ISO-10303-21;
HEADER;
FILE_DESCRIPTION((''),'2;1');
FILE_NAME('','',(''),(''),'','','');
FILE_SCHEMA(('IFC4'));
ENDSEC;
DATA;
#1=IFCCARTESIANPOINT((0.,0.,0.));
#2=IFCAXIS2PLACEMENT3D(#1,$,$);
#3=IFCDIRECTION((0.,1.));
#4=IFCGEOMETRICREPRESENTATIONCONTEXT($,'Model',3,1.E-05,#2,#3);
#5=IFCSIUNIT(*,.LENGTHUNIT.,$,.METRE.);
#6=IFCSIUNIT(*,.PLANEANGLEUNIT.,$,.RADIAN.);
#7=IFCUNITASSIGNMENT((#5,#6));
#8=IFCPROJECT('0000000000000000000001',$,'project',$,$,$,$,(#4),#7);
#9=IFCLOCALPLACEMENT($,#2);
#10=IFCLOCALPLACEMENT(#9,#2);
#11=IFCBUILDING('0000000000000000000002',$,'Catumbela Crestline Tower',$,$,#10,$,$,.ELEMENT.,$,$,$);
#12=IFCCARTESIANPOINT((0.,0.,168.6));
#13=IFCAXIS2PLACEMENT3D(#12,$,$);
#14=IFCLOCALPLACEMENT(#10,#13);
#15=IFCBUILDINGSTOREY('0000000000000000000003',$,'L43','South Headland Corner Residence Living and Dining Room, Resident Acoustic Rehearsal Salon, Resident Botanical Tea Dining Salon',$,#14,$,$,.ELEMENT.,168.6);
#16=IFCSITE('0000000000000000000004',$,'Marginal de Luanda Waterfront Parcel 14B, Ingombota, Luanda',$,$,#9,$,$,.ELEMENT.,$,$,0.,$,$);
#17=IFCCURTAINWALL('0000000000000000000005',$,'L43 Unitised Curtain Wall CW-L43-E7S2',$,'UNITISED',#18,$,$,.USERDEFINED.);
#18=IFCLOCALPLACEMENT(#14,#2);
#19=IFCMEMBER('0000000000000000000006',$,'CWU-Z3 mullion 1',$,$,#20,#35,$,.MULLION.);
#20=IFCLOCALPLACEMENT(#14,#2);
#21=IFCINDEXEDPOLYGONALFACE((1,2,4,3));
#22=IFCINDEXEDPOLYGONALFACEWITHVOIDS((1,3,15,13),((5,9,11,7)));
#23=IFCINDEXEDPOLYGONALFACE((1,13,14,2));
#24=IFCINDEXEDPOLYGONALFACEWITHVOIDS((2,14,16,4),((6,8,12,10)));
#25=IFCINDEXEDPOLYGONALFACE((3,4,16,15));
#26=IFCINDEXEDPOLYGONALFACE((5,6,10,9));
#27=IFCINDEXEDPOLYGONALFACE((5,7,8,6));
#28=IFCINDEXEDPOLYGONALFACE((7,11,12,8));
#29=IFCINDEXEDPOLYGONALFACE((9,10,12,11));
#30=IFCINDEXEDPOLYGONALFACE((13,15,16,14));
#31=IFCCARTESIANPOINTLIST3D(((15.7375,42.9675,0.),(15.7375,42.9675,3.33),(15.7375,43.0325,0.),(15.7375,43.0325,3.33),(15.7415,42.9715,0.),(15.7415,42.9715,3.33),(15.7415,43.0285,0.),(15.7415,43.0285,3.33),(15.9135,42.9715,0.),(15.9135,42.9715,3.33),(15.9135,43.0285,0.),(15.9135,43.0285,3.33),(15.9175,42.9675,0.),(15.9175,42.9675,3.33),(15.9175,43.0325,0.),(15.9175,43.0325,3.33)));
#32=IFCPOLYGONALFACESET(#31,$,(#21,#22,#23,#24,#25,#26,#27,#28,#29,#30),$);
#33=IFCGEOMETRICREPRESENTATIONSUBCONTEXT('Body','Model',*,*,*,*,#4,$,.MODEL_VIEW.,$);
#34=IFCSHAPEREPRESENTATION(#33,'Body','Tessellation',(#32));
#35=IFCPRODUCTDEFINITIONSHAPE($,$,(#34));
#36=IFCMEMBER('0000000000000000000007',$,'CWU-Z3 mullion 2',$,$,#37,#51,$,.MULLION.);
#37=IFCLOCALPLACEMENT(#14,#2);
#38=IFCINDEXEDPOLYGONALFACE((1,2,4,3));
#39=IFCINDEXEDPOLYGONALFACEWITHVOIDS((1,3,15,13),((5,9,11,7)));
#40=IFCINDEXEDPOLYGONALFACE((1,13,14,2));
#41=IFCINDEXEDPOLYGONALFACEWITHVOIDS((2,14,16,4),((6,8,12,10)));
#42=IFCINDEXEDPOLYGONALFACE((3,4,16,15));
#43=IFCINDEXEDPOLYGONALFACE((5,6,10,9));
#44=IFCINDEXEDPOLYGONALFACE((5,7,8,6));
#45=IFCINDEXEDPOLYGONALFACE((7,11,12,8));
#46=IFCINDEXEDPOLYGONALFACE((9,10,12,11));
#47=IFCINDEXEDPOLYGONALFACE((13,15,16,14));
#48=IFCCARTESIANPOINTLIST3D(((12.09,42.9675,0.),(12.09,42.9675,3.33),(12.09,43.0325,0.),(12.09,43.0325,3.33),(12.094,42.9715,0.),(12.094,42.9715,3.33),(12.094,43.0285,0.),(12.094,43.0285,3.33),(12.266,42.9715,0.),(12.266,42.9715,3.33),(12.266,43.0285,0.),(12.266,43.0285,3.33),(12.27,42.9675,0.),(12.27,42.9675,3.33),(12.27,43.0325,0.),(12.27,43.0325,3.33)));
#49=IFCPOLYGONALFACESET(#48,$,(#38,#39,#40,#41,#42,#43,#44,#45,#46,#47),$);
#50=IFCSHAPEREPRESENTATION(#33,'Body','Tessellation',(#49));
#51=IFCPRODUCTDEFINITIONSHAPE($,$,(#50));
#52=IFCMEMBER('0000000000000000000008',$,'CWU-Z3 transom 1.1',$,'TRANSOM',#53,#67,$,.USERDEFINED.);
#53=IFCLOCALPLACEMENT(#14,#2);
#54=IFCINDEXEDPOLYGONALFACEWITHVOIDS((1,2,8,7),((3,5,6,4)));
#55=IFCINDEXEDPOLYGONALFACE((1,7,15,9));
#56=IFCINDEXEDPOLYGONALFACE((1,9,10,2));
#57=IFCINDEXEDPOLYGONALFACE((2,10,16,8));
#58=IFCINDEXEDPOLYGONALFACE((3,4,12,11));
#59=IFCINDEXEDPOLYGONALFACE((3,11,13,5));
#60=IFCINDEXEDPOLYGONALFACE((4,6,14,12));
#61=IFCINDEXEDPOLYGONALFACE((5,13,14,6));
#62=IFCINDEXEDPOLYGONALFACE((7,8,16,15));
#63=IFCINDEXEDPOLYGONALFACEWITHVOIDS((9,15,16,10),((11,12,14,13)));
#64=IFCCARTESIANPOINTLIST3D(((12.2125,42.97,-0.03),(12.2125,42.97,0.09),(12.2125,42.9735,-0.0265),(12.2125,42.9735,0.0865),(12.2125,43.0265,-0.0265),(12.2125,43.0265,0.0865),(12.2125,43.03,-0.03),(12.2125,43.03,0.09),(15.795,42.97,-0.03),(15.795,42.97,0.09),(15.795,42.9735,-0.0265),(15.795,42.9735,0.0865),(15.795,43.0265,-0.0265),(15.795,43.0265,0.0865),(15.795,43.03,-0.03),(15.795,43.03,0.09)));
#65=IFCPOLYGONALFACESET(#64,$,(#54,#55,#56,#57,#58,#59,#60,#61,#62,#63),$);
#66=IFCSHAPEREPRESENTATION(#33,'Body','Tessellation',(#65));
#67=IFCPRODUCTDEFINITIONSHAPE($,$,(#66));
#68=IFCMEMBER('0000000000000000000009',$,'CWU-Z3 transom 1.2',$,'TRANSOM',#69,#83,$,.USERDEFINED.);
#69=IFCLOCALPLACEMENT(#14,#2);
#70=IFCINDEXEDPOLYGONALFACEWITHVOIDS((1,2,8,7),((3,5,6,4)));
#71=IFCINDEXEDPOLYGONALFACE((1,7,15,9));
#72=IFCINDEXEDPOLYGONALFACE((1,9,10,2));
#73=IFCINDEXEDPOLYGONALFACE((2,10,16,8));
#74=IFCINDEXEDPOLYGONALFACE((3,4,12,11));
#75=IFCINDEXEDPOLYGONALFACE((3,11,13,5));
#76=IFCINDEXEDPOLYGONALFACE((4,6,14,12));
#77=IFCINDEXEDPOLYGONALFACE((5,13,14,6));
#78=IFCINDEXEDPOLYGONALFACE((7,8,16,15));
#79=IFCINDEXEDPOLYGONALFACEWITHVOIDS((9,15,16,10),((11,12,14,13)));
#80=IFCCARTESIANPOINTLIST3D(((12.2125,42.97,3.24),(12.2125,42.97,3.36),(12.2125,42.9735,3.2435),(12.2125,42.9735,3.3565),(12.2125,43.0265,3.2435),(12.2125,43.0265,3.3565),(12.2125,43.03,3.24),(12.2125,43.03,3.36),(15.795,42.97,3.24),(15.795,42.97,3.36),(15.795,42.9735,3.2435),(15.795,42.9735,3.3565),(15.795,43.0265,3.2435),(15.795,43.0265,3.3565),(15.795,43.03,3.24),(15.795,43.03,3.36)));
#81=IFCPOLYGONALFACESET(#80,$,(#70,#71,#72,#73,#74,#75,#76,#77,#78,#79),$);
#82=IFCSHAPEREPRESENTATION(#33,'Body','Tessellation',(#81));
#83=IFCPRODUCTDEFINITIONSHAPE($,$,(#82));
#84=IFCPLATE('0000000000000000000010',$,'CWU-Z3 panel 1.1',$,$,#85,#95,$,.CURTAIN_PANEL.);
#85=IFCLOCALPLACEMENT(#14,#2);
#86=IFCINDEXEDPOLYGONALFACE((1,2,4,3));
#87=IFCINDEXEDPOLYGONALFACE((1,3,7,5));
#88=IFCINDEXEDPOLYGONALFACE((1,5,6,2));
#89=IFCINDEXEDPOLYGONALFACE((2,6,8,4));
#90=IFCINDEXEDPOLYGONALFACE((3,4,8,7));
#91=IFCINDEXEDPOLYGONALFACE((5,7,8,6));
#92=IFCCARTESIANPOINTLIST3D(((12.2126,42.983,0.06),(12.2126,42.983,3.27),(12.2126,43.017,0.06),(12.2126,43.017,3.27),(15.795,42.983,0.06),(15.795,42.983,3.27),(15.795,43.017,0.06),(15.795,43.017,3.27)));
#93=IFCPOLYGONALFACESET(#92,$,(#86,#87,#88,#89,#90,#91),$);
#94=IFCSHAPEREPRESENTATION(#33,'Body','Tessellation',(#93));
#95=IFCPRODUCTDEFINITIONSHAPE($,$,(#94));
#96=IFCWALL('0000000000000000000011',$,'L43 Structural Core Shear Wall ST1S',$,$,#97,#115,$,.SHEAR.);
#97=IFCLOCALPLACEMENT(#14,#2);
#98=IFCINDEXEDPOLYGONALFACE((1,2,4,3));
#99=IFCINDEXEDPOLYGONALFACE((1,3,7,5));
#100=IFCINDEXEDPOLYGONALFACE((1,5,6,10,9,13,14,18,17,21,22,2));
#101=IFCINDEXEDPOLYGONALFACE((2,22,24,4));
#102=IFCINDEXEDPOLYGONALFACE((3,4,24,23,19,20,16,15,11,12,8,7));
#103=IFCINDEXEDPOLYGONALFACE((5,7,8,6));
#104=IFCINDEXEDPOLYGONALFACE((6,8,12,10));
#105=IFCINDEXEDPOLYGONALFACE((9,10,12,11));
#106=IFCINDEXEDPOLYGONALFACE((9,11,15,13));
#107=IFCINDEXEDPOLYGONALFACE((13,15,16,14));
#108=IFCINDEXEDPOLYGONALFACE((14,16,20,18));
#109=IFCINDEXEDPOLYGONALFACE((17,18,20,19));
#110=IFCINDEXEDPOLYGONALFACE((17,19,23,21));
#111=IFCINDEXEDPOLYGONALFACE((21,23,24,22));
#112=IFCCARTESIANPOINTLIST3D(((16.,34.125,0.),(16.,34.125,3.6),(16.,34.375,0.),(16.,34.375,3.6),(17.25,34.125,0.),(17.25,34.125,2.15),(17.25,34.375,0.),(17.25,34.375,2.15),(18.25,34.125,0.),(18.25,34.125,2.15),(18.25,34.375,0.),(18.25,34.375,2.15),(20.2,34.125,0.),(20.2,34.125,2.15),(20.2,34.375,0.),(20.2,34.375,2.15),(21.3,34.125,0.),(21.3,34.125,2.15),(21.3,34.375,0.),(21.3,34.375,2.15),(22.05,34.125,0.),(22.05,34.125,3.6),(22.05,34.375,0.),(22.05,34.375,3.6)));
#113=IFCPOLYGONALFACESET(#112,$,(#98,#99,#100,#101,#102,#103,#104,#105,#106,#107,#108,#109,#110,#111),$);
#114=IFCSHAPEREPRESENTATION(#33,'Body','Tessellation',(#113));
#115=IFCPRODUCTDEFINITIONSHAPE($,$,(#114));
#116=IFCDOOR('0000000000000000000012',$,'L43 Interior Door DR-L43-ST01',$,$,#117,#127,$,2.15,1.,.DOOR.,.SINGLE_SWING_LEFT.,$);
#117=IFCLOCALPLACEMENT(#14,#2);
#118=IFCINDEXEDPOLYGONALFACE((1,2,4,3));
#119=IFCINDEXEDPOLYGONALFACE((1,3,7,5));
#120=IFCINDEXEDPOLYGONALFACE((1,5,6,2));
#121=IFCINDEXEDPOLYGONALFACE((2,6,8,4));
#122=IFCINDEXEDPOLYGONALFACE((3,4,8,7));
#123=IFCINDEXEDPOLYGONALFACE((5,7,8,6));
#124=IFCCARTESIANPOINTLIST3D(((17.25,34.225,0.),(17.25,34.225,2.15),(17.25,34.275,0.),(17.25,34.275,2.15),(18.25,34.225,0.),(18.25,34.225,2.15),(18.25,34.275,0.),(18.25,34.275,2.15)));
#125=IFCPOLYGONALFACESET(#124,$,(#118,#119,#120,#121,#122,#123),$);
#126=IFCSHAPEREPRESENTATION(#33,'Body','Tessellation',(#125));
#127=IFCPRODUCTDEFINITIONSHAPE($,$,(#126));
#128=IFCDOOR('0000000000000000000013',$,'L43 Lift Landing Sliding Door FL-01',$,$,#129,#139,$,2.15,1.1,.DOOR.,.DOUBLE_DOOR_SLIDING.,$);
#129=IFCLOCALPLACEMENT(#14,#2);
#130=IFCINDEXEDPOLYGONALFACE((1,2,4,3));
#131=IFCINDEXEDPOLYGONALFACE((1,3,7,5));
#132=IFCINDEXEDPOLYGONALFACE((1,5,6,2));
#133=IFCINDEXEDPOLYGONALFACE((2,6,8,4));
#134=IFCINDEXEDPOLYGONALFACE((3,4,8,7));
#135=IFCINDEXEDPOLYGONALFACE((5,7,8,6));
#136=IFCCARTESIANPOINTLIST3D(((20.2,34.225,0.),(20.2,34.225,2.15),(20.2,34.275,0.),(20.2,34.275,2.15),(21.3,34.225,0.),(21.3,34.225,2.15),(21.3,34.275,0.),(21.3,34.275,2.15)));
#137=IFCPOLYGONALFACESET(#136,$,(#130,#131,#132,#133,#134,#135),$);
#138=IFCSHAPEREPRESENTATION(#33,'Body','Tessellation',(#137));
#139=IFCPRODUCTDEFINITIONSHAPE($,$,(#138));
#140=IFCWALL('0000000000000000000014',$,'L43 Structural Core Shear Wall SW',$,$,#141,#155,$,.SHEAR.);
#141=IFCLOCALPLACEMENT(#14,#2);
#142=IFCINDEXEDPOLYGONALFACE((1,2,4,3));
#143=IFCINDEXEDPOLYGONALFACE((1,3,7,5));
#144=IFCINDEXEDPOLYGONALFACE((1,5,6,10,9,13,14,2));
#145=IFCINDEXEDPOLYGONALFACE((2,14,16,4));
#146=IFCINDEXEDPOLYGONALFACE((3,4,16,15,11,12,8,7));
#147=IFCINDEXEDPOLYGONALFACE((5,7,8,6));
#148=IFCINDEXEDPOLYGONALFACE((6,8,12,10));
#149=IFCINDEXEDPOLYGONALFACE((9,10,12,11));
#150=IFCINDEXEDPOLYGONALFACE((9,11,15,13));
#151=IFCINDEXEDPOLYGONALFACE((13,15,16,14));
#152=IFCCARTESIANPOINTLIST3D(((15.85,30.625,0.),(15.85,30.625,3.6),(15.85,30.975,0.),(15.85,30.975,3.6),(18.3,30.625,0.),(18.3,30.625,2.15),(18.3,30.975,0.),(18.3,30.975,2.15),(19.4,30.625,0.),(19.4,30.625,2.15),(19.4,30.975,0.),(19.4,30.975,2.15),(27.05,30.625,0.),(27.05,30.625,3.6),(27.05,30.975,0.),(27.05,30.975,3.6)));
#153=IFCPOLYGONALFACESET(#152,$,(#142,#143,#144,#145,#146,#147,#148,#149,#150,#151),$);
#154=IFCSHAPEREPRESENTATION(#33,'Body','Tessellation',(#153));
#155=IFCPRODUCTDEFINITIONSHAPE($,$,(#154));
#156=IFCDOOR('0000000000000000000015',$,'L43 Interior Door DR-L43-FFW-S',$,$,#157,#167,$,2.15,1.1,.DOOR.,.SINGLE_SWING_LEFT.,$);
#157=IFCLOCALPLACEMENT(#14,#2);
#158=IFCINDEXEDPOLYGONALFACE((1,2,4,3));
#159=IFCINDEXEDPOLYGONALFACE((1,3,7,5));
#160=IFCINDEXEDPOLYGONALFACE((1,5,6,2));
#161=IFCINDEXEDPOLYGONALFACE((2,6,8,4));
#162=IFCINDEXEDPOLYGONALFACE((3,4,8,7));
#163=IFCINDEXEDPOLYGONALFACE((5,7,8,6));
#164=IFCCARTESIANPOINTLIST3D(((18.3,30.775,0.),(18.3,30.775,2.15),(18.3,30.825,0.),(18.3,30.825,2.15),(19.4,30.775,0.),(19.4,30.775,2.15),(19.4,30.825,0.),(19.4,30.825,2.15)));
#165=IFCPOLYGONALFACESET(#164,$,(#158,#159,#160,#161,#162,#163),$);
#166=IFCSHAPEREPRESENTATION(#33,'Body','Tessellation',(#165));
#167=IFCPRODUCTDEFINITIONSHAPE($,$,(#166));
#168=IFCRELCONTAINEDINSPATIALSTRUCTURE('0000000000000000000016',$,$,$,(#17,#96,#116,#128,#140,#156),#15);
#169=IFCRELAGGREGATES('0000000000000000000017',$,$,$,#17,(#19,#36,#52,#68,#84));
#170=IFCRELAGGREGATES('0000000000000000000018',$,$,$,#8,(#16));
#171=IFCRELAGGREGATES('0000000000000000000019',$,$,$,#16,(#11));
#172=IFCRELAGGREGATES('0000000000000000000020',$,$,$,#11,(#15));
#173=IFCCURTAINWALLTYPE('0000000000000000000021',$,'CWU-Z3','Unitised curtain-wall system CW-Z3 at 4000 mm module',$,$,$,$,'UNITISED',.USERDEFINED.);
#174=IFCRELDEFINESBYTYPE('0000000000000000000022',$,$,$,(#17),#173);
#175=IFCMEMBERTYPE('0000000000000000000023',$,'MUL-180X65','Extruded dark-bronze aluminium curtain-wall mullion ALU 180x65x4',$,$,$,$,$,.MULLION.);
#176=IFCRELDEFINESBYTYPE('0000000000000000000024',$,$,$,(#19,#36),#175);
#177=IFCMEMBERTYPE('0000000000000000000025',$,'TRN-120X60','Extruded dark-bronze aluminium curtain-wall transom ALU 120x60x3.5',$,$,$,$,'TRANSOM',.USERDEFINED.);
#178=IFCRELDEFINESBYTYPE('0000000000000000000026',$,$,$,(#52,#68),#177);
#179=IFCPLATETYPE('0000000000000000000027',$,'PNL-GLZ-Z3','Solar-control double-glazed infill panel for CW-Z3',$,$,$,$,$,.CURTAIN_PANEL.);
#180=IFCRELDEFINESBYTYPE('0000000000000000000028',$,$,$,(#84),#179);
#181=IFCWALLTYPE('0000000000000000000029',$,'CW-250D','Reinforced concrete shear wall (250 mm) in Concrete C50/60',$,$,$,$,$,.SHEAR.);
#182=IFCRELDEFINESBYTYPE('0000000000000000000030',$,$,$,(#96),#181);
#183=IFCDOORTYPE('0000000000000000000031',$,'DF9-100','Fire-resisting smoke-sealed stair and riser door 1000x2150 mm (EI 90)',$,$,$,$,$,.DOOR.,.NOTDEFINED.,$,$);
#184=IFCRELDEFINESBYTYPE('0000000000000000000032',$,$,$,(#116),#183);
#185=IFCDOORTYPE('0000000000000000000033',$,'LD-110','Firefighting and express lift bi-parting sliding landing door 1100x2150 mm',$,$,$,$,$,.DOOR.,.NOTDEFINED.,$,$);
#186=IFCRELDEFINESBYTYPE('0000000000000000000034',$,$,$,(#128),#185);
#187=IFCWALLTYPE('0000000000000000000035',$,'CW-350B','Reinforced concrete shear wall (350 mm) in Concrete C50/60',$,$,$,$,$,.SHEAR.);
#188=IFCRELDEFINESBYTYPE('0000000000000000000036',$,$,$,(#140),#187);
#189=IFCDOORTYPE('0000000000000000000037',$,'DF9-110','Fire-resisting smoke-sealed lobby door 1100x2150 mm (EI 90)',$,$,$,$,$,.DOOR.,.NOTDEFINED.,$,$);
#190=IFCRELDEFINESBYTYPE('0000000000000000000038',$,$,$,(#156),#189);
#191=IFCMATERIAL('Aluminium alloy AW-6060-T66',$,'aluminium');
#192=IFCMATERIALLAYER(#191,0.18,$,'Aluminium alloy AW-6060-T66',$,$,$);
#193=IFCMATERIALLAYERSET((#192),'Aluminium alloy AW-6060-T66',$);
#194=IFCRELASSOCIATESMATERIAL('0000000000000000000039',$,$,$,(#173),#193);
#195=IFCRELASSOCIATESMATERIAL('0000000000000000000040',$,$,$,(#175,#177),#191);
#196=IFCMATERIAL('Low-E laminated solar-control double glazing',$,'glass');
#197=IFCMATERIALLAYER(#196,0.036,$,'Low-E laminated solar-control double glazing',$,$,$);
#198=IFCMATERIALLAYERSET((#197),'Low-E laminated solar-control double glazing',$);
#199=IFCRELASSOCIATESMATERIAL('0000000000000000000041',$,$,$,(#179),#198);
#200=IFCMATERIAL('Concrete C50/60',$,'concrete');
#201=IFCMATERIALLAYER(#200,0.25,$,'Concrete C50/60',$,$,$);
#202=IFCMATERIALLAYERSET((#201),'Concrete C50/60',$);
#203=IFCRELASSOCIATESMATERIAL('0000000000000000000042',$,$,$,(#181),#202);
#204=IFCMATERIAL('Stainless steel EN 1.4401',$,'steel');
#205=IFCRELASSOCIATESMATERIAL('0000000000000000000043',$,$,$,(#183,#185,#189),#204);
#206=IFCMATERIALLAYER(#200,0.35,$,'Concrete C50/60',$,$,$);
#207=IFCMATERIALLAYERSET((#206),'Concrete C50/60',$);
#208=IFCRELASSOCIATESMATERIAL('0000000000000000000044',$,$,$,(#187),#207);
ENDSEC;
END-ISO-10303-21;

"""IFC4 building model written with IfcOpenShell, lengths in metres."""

from ifc_helpers import new_model, si_unit, direction, frame, frame_2d, origin, origin_2d, place, context, subcontext, project, spatial, rectangle, hollow_rectangle, extrude, material, layer, layer_set, material_profile, profile_set, type_object, element, fill, aggregate, save


model = new_model("IFC4")

# Units and contexts
model_context = context("Model", 3, precision=1e-05, world=origin(), true_north=direction((0.0, 1.0)))
body_context = subcontext(model_context, "Body", "Model", "MODEL_VIEW")
ifc_project = project(units=[si_unit("LENGTHUNIT", "METRE"), si_unit("PLANEANGLEUNIT", "RADIAN")], contexts=[model_context])

# Site, building, storey
site_placement = place(None, origin())
site = spatial("IfcSite", under=ifc_project, at=site_placement, Name="Marginal de Luanda Waterfront Parcel 14B, Ingombota, Luanda", CompositionType="ELEMENT", RefElevation=0.0)
building_placement = place(site_placement, origin())
building = spatial("IfcBuilding", under=site, at=building_placement, Name="Catumbela Crestline Tower", CompositionType="ELEMENT")
storey_placement = place(building_placement, frame((0.0, 0.0, 168.6)))
storey = spatial("IfcBuildingStorey", under=building, at=storey_placement, Name="L43", Description="South Headland Corner Residence Living and Dining Room, Resident Acoustic Rehearsal Salon, Resident Botanical Tea Dining Salon", CompositionType="ELEMENT", Elevation=168.6)

# Curtain wall, members, plate
ifc_material_1 = material(Name="Aluminium alloy AW-6060-T66", Category="aluminium")
ifc_layer_1 = layer(ifc_material_1, 0.18, Name="Aluminium alloy AW-6060-T66")
ifc_layer_set_1 = layer_set([ifc_layer_1], Name="Aluminium alloy AW-6060-T66")
curtain_wall_type = type_object("IfcCurtainWallType", Name="CWU-Z3", Description="Unitised curtain-wall system CW-Z3 at 4000 mm module", ElementType="UNITISED", PredefinedType="USERDEFINED", material=ifc_layer_set_1)
curtain_wall_placement = place(storey_placement, origin())
curtain_wall = element("IfcCurtainWall", 1, at=curtain_wall_placement, inside=storey, type_object=curtain_wall_type, Name="L43 Unitised Curtain Wall CW-L43-E7S2", ObjectType="UNITISED", PredefinedType="USERDEFINED")
ifc_material_profile_1 = material_profile(ifc_material_1, hollow_rectangle(XDim=0.065, YDim=0.18, WallThickness=0.004, at=origin_2d()), Name="ALU 180x65x4")
ifc_profile_set_1 = profile_set([ifc_material_profile_1], Name="Aluminium alloy AW-6060-T66")
member_type_1 = type_object("IfcMemberType", Name="MUL-180X65", Description="Extruded dark-bronze aluminium curtain-wall mullion ALU 180x65x4", PredefinedType="MULLION", material=ifc_profile_set_1)
member_1_placement = place(storey_placement, frame((15.8275, 43.0, 0.0), z_axis=(0.0, 0.0, 1.0), x_axis=(0.0, -1.0, 0.0)))
member_1 = element("IfcMember", 2, at=member_1_placement, type_object=member_type_1, Name="CWU-Z3 mullion 1", PredefinedType="MULLION", context=body_context, shape_type="SweptSolid", body=[
    extrude(hollow_rectangle(XDim=0.065, YDim=0.18, WallThickness=0.004, at=origin_2d()), origin(), (0.0, 0.0, 1.0), 3.33),
])
member_2_placement = place(storey_placement, frame((12.18, 43.0, 0.0), z_axis=(0.0, 0.0, 1.0), x_axis=(0.0, -1.0, 0.0)))
member_2 = element("IfcMember", 3, at=member_2_placement, type_object=member_type_1, Name="CWU-Z3 mullion 2", PredefinedType="MULLION", context=body_context, shape_type="SweptSolid", body=[
    extrude(hollow_rectangle(XDim=0.065, YDim=0.18, WallThickness=0.004, at=origin_2d()), origin(), (0.0, 0.0, 1.0), 3.33),
])
ifc_material_profile_2 = material_profile(ifc_material_1, hollow_rectangle(XDim=0.06, YDim=0.12, WallThickness=0.0035, at=origin_2d()), Name="ALU 120x60x3.5")
ifc_profile_set_2 = profile_set([ifc_material_profile_2], Name="Aluminium alloy AW-6060-T66")
member_type_2 = type_object("IfcMemberType", Name="TRN-120X60", Description="Extruded dark-bronze aluminium curtain-wall transom ALU 120x60x3.5", ElementType="TRANSOM", PredefinedType="USERDEFINED", material=ifc_profile_set_2)
member_3_placement = place(storey_placement, frame((15.795, 43.0, 0.03), z_axis=(-1.0, 0.0, 0.0), x_axis=(0.0, -1.0, 0.0)))
member_3 = element("IfcMember", 4, at=member_3_placement, type_object=member_type_2, Name="CWU-Z3 transom 1.1", ObjectType="TRANSOM", PredefinedType="USERDEFINED", context=body_context, shape_type="SweptSolid", body=[
    extrude(hollow_rectangle(XDim=0.06, YDim=0.12, WallThickness=0.0035, at=origin_2d()), origin(), (0.0, 0.0, 1.0), 3.5825),
])
member_4_placement = place(storey_placement, frame((15.795, 43.0, 3.3), z_axis=(-1.0, 0.0, 0.0), x_axis=(0.0, -1.0, 0.0)))
member_4 = element("IfcMember", 5, at=member_4_placement, type_object=member_type_2, Name="CWU-Z3 transom 1.2", ObjectType="TRANSOM", PredefinedType="USERDEFINED", context=body_context, shape_type="SweptSolid", body=[
    extrude(hollow_rectangle(XDim=0.06, YDim=0.12, WallThickness=0.0035, at=origin_2d()), origin(), (0.0, 0.0, 1.0), 3.5825),
])
ifc_material_2 = material(Name="Low-E laminated solar-control double glazing", Category="glass")
ifc_layer_2 = layer(ifc_material_2, 0.036, Name="Low-E laminated solar-control double glazing")
ifc_layer_set_2 = layer_set([ifc_layer_2], Name="Low-E laminated solar-control double glazing")
plate_type = type_object("IfcPlateType", Name="PNL-GLZ-Z3", Description="Solar-control double-glazed infill panel for CW-Z3", PredefinedType="CURTAIN_PANEL", material=ifc_layer_set_2)
plate_placement = place(storey_placement, frame((14.0038, 43.0, 0.06), z_axis=(0.0, 0.0, 1.0), x_axis=(-1.0, 0.0, 0.0)))
plate = element("IfcPlate", 6, at=plate_placement, type_object=plate_type, Name="CWU-Z3 panel 1.1", PredefinedType="CURTAIN_PANEL", context=body_context, shape_type="SweptSolid", body=[
    extrude(rectangle(XDim=3.5825, YDim=0.034, at=origin_2d()), origin(), (0.0, 0.0, 1.0), 3.21),
])
aggregate(curtain_wall, [member_1, member_2, member_3, member_4, plate])

# Wall, openings, doors
ifc_material_3 = material(Name="Concrete C50/60", Category="concrete")
ifc_layer_3 = layer(ifc_material_3, 0.25, Name="Concrete C50/60")
ifc_layer_set_3 = layer_set([ifc_layer_3], Name="Concrete C50/60")
wall_type_1 = type_object("IfcWallType", Name="CW-250D", Description="Reinforced concrete shear wall (250 mm) in Concrete C50/60", PredefinedType="SHEAR", material=ifc_layer_set_3)
wall_1_placement = place(storey_placement, frame((16.0, 34.25, 0.0), z_axis=(0.0, 0.0, 1.0), x_axis=(1.0, 0.0, 0.0)))
wall_1 = element("IfcWall", 7, at=wall_1_placement, inside=storey, type_object=wall_type_1, Name="L43 Structural Core Shear Wall ST1S", PredefinedType="SHEAR", context=body_context, shape_type="SweptSolid", body=[
    extrude(rectangle(XDim=6.05, YDim=0.25, at=frame_2d((3.025, 0.0))), origin(), (0.0, 0.0, 1.0), 3.6),
])
opening_1_placement = place(wall_1_placement, frame((1.25, 0.0, 0.0)))
opening_1 = element("IfcOpeningElement", 8, at=opening_1_placement, cuts=wall_1, PredefinedType="OPENING", context=body_context, shape_type="SweptSolid", body=[
    extrude(rectangle(XDim=1.0, YDim=2.15, at=frame_2d((0.5, 1.075))), frame((0.0, 0.135, 0.0), z_axis=(0.0, -1.0, 0.0), x_axis=(1.0, 0.0, 0.0)), (0.0, 0.0, 1.0), 0.27),
])
opening_2_placement = place(wall_1_placement, frame((4.2, 0.0, 0.0)))
opening_2 = element("IfcOpeningElement", 9, at=opening_2_placement, cuts=wall_1, PredefinedType="OPENING", context=body_context, shape_type="SweptSolid", body=[
    extrude(rectangle(XDim=1.1, YDim=2.15, at=frame_2d((0.55, 1.075))), frame((0.0, 0.135, 0.0), z_axis=(0.0, -1.0, 0.0), x_axis=(1.0, 0.0, 0.0)), (0.0, 0.0, 1.0), 0.27),
])
ifc_material_4 = material(Name="Stainless steel EN 1.4401", Category="steel")
door_type_1 = type_object("IfcDoorType", Name="DF9-100", Description="Fire-resisting smoke-sealed stair and riser door 1000x2150 mm (EI 90)", OperationType="NOTDEFINED", PredefinedType="DOOR", material=ifc_material_4)
door_1_placement = place(opening_1_placement, origin())
door_1 = element("IfcDoor", 10, at=door_1_placement, inside=storey, type_object=door_type_1, Name="L43 Interior Door DR-L43-ST01", OperationType="SINGLE_SWING_LEFT", OverallHeight=2.15, OverallWidth=1.0, PredefinedType="DOOR", context=body_context, shape_type="SweptSolid", body=[
    extrude(rectangle(XDim=1.0, YDim=2.15, at=frame_2d((0.5, 1.075))), frame((0.0, 0.025, 0.0), z_axis=(0.0, -1.0, 0.0), x_axis=(1.0, 0.0, 0.0)), (0.0, 0.0, 1.0), 0.05),
])
fill(opening_1, door_1)
door_type_2 = type_object("IfcDoorType", Name="LD-110", Description="Firefighting and express lift bi-parting sliding landing door 1100x2150 mm", OperationType="NOTDEFINED", PredefinedType="DOOR", material=ifc_material_4)
door_2_placement = place(opening_2_placement, origin())
door_2 = element("IfcDoor", 11, at=door_2_placement, inside=storey, type_object=door_type_2, Name="L43 Lift Landing Sliding Door FL-01", OperationType="DOUBLE_DOOR_SLIDING", OverallHeight=2.15, OverallWidth=1.1, PredefinedType="DOOR", context=body_context, shape_type="SweptSolid", body=[
    extrude(rectangle(XDim=1.1, YDim=2.15, at=frame_2d((0.55, 1.075))), frame((0.0, 0.025, 0.0), z_axis=(0.0, -1.0, 0.0), x_axis=(1.0, 0.0, 0.0)), (0.0, 0.0, 1.0), 0.05),
])
fill(opening_2, door_2)

# Wall, opening, door
ifc_layer_4 = layer(ifc_material_3, 0.35, Name="Concrete C50/60")
ifc_layer_set_4 = layer_set([ifc_layer_4], Name="Concrete C50/60")
wall_type_2 = type_object("IfcWallType", Name="CW-350B", Description="Reinforced concrete shear wall (350 mm) in Concrete C50/60", PredefinedType="SHEAR", material=ifc_layer_set_4)
wall_2_placement = place(storey_placement, frame((15.85, 30.8, 0.0), z_axis=(0.0, 0.0, 1.0), x_axis=(1.0, 0.0, 0.0)))
wall_2 = element("IfcWall", 12, at=wall_2_placement, inside=storey, type_object=wall_type_2, Name="L43 Structural Core Shear Wall SW", PredefinedType="SHEAR", context=body_context, shape_type="SweptSolid", body=[
    extrude(rectangle(XDim=11.2, YDim=0.35, at=frame_2d((5.6, 0.0))), origin(), (0.0, 0.0, 1.0), 3.6),
])
opening_3_placement = place(wall_2_placement, frame((2.45, 0.0, 0.0)))
opening_3 = element("IfcOpeningElement", 13, at=opening_3_placement, cuts=wall_2, PredefinedType="OPENING", context=body_context, shape_type="SweptSolid", body=[
    extrude(rectangle(XDim=1.1, YDim=2.15, at=frame_2d((0.55, 1.075))), frame((0.0, 0.185, 0.0), z_axis=(0.0, -1.0, 0.0), x_axis=(1.0, 0.0, 0.0)), (0.0, 0.0, 1.0), 0.37),
])
door_type_3 = type_object("IfcDoorType", Name="DF9-110", Description="Fire-resisting smoke-sealed lobby door 1100x2150 mm (EI 90)", OperationType="NOTDEFINED", PredefinedType="DOOR", material=ifc_material_4)
door_3_placement = place(opening_3_placement, origin())
door_3 = element("IfcDoor", 14, at=door_3_placement, inside=storey, type_object=door_type_3, Name="L43 Interior Door DR-L43-FFW-S", OperationType="SINGLE_SWING_LEFT", OverallHeight=2.15, OverallWidth=1.1, PredefinedType="DOOR", context=body_context, shape_type="SweptSolid", body=[
    extrude(rectangle(XDim=1.1, YDim=2.15, at=frame_2d((0.55, 1.075))), frame((0.0, 0.025, 0.0), z_axis=(0.0, -1.0, 0.0), x_axis=(1.0, 0.0, 0.0)), (0.0, 0.0, 1.0), 0.05),
])
fill(opening_3, door_3)

save(model, "model.ifc")
